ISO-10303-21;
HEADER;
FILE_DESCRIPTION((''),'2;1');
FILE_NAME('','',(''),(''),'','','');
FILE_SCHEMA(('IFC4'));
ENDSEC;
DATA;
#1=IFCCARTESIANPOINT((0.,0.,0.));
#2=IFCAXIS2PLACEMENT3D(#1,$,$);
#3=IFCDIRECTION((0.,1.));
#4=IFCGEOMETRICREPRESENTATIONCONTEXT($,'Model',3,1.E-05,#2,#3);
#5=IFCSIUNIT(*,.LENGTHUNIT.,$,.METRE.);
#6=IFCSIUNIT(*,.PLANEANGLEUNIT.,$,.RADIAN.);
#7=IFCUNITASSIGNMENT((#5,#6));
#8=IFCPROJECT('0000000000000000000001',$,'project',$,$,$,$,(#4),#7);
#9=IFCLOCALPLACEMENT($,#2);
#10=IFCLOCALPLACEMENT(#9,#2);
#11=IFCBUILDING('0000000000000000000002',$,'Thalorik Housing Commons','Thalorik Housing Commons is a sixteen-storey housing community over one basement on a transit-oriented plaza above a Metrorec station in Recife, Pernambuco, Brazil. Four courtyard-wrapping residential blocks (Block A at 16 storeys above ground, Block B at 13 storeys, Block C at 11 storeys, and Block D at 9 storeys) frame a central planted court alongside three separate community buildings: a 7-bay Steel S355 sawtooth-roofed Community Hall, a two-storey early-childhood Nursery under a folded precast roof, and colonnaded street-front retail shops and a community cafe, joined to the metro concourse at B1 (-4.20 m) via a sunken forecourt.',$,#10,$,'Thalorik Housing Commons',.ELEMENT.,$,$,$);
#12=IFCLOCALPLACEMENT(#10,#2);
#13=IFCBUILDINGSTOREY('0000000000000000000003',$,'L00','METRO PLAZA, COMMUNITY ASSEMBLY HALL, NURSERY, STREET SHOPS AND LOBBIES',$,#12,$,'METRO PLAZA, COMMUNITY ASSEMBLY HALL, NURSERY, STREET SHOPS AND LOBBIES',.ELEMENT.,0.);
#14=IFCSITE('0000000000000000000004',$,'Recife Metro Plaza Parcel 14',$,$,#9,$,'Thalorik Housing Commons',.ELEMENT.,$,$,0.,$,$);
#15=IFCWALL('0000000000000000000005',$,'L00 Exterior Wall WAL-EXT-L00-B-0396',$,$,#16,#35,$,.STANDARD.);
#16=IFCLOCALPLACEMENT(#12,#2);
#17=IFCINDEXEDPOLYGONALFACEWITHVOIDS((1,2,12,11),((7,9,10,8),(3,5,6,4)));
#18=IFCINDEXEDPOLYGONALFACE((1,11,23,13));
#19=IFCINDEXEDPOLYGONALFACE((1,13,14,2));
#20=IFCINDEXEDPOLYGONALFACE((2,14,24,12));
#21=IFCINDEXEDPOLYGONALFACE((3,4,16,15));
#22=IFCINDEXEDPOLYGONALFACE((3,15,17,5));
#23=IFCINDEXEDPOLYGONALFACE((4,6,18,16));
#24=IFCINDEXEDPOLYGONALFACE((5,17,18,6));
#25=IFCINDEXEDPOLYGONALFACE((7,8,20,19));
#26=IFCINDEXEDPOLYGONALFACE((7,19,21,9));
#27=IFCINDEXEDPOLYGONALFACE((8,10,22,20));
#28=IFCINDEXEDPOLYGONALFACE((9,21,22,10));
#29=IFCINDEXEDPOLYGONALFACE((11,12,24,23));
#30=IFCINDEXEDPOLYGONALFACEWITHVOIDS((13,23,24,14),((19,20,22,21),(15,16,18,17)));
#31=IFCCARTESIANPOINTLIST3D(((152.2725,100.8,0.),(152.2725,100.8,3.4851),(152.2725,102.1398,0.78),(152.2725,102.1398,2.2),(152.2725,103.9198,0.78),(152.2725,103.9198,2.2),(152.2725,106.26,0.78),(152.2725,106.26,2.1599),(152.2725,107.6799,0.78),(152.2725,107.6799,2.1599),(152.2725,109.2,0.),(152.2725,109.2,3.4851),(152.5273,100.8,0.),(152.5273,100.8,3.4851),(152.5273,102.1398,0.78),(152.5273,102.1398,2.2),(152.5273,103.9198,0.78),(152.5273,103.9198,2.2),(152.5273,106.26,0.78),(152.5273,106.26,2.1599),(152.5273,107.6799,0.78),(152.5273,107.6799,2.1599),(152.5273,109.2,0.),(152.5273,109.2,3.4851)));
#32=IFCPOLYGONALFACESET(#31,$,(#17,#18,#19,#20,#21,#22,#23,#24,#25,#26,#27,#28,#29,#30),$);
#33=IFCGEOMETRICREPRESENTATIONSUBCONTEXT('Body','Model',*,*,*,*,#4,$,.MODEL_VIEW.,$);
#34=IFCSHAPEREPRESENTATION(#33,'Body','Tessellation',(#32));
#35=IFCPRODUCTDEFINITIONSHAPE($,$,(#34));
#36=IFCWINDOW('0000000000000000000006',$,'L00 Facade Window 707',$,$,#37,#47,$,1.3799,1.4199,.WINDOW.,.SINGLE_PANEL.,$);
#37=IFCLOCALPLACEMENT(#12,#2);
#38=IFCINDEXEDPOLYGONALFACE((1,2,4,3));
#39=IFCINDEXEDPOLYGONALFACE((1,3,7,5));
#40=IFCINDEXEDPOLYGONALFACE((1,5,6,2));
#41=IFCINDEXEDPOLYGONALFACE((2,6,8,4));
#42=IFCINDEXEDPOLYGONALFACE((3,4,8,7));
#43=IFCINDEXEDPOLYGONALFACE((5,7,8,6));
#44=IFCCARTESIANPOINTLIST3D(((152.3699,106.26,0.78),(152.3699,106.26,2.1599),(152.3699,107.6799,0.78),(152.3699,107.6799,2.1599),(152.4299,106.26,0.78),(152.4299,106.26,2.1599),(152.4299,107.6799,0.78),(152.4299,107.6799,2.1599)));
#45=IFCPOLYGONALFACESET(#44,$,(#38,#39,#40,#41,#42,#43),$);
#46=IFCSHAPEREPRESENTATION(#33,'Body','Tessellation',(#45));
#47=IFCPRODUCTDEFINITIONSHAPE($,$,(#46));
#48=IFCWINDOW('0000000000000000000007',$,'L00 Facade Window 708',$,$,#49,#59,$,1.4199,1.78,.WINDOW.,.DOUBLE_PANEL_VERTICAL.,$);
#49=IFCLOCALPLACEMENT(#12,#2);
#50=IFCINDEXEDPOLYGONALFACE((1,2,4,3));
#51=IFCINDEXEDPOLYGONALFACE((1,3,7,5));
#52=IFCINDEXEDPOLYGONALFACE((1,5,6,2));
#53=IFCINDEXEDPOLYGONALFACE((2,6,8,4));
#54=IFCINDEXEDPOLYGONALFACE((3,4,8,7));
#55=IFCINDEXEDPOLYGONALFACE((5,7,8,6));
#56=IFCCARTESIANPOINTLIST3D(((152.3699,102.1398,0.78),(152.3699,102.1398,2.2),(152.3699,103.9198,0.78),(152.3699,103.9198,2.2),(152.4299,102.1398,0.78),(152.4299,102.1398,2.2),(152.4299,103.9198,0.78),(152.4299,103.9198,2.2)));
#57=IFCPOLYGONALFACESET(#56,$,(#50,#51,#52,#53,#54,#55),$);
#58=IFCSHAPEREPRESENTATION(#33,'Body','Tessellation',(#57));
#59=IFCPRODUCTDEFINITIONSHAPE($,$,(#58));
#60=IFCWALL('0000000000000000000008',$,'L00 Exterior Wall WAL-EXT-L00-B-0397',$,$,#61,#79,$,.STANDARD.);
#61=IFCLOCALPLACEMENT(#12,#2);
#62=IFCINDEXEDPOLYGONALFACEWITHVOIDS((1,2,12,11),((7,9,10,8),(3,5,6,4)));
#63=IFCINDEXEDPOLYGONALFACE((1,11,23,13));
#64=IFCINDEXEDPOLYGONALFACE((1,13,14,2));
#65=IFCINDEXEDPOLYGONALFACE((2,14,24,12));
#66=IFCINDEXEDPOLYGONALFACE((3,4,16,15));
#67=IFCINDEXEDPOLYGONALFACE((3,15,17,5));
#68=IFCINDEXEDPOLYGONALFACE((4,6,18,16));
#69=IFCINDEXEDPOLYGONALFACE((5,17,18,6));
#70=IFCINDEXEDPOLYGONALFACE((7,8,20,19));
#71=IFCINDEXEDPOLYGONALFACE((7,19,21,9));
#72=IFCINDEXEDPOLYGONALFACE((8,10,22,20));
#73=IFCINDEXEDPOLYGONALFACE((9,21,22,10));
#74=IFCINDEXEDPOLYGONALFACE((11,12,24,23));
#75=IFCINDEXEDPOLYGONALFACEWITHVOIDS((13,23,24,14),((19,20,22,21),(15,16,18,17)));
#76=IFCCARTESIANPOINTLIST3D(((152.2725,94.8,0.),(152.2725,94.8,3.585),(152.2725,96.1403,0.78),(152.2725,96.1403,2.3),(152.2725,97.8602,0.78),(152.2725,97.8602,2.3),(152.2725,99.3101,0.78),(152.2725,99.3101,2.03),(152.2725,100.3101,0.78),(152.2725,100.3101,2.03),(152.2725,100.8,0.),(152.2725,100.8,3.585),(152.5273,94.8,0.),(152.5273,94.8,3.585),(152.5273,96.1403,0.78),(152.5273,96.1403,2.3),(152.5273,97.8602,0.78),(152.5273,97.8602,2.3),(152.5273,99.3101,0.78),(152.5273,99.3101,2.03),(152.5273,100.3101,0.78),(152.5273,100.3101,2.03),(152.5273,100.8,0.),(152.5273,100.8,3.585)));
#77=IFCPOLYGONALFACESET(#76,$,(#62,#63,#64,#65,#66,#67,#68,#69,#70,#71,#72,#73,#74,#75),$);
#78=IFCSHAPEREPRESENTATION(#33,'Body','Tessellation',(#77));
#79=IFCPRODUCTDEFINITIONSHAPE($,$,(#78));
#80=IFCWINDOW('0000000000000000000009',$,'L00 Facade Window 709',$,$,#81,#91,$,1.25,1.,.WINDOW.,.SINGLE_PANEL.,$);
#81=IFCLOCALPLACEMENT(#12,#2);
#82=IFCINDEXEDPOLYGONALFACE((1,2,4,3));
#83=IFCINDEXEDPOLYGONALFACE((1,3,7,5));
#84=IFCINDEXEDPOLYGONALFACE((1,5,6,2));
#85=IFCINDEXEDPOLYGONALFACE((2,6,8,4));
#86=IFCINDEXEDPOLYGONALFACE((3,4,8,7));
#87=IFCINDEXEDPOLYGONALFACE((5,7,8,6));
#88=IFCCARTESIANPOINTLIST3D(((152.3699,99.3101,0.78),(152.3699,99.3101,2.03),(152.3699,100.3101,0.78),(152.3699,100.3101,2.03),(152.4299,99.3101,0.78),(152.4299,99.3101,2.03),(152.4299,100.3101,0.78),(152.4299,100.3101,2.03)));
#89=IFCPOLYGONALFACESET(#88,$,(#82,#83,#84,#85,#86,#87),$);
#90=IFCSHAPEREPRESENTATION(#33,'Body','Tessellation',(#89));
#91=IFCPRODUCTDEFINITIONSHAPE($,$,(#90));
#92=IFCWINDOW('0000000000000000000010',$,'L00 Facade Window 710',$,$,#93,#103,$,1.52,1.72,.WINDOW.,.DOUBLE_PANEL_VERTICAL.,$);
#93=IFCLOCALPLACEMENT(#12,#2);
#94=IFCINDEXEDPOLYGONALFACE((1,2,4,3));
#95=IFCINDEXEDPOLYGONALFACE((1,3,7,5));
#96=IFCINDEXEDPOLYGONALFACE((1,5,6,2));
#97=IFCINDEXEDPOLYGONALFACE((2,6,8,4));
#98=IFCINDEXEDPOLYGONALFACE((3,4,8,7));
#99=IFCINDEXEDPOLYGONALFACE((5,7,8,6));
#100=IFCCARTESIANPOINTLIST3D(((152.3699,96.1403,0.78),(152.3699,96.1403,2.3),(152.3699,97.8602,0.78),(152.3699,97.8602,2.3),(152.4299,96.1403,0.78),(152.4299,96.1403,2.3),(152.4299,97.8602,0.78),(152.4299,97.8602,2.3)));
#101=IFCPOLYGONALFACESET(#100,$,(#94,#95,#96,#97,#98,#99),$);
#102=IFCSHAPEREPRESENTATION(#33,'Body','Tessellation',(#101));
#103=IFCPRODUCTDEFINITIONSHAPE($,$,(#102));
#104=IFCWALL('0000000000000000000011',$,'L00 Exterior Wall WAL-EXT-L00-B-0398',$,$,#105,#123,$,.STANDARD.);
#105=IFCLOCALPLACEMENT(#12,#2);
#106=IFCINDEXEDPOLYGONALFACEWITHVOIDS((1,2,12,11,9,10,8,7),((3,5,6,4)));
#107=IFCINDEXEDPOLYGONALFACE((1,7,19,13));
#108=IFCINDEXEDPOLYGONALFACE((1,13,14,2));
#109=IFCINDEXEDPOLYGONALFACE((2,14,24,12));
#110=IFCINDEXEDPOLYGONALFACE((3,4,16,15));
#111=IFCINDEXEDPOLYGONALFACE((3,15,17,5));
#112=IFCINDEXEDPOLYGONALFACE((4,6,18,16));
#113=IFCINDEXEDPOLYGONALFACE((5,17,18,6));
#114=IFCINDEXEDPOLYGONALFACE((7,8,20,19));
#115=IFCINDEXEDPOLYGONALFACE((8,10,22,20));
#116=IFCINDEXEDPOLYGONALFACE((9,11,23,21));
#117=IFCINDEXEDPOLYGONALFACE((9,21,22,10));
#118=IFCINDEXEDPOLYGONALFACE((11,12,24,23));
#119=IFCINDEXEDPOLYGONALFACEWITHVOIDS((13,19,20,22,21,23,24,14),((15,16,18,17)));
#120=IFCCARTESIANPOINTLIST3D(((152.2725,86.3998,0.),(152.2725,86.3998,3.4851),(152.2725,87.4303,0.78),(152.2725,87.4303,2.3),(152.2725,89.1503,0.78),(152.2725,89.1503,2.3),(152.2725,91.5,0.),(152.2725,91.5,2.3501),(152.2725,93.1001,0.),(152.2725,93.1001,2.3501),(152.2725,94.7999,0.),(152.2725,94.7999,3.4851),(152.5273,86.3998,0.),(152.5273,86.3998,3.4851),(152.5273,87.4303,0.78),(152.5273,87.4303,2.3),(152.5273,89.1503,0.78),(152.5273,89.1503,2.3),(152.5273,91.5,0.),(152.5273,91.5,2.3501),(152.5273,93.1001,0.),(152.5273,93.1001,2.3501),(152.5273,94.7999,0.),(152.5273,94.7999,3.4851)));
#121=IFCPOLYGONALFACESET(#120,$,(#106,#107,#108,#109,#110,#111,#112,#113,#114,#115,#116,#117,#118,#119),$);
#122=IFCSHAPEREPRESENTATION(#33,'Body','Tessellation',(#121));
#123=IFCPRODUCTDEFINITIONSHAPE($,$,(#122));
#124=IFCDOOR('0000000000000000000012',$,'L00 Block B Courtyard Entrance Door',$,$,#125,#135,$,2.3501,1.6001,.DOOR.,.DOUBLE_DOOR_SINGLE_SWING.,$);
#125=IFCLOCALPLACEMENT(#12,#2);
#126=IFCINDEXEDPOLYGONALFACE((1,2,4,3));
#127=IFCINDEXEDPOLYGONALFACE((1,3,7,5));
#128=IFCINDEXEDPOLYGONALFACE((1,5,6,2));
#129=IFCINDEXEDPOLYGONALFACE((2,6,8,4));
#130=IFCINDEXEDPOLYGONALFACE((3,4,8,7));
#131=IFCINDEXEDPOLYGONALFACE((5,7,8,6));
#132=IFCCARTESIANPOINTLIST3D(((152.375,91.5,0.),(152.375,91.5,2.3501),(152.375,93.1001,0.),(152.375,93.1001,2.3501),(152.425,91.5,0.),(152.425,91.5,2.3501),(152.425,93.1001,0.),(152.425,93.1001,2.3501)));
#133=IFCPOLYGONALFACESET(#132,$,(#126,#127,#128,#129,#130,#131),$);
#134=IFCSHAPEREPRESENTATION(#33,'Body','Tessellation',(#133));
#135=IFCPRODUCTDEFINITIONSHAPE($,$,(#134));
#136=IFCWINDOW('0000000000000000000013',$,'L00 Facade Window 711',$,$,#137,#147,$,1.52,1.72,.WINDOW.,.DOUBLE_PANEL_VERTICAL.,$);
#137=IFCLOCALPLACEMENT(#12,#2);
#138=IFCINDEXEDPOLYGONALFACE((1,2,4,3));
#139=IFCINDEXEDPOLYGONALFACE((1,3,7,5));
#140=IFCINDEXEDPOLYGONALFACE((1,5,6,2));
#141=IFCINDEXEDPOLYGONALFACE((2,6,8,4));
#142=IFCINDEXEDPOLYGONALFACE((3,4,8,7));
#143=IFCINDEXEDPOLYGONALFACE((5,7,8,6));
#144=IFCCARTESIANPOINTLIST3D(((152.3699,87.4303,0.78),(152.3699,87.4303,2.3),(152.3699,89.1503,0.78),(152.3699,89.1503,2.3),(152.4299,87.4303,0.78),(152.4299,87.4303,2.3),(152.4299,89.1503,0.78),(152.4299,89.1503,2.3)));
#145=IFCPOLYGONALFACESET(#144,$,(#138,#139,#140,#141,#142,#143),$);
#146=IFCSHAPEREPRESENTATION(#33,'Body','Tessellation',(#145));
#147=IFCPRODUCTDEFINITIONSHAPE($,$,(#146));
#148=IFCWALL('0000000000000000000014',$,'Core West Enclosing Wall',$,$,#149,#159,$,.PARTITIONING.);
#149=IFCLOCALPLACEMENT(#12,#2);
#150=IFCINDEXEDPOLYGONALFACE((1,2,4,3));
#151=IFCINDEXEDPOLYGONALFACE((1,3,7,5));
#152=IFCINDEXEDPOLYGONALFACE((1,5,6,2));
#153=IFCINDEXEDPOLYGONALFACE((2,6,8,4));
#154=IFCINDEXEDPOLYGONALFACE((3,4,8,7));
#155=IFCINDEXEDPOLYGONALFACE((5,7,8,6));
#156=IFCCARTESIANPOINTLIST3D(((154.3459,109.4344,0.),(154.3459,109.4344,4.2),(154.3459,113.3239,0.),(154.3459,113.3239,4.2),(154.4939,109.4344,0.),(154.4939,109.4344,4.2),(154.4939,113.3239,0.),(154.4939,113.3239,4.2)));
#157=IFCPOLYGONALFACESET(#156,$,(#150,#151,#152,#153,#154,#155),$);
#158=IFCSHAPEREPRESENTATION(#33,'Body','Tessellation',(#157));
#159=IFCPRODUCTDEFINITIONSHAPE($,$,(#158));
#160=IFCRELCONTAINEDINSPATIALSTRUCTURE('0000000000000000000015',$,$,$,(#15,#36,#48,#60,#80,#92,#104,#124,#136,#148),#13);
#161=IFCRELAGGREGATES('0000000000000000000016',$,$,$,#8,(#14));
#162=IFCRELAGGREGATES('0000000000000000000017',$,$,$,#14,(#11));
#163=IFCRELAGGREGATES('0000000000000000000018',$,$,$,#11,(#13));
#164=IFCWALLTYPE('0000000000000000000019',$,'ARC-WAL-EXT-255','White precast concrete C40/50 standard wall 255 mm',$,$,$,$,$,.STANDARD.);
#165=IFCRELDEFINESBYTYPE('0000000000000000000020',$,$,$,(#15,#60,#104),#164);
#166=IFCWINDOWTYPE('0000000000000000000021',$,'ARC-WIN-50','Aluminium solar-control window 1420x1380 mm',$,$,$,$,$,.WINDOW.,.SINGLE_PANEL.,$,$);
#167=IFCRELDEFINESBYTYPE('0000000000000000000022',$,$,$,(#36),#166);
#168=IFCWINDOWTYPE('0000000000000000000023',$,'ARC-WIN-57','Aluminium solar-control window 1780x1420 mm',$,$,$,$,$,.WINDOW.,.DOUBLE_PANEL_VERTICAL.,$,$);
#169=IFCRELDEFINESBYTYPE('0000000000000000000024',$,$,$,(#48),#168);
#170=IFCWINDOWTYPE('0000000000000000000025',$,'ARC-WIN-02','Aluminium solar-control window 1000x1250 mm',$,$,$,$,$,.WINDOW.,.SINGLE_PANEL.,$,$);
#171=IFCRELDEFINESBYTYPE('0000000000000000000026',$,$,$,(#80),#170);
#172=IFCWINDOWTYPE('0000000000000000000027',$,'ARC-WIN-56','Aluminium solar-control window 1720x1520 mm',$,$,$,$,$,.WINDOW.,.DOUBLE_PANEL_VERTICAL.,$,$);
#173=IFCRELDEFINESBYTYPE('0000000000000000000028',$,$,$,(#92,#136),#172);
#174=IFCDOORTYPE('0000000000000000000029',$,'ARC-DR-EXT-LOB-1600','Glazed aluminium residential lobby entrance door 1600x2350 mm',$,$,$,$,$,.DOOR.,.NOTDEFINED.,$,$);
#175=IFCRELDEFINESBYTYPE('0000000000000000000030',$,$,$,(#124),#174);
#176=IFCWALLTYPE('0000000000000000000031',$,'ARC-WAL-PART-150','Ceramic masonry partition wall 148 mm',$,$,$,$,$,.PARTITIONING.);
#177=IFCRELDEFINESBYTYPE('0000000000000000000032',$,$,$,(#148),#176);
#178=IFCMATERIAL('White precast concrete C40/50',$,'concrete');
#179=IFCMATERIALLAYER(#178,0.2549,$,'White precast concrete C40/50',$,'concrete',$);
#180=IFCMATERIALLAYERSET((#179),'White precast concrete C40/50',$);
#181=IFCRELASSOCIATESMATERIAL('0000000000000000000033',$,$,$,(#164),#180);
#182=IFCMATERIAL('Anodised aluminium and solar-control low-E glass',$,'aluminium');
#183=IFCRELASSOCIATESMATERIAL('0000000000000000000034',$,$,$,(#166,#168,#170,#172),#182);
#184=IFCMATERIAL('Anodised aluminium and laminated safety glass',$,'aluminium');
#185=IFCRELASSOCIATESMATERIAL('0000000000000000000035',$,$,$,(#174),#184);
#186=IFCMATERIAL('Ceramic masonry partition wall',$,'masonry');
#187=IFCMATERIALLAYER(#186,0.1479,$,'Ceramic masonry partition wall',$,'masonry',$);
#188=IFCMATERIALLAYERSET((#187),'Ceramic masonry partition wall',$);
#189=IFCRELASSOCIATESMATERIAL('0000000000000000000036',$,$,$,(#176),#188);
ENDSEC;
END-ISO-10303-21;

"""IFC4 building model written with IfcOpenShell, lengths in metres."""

from ifc_helpers import new_model, si_unit, direction, frame, frame_2d, origin, place, context, subcontext, project, spatial, rectangle, extrude, material, layer, layer_set, type_object, element, fill, save


model = new_model("IFC4")

# Units and contexts
model_context = context("Model", 3, precision=1e-05, world=origin(), true_north=direction((0.0, 1.0)))
body_context = subcontext(model_context, "Body", "Model", "MODEL_VIEW")
ifc_project = project(units=[si_unit("LENGTHUNIT", "METRE"), si_unit("PLANEANGLEUNIT", "RADIAN")], contexts=[model_context])

# Site, building, storey
site_placement = place(None, origin())
site = spatial("IfcSite", under=ifc_project, at=site_placement, Name="Recife Metro Plaza Parcel 14", LongName="Thalorik Housing Commons", CompositionType="ELEMENT", RefElevation=0.0)
building_placement = place(site_placement, origin())
building = spatial("IfcBuilding", under=site, at=building_placement, Name="Thalorik Housing Commons", Description="Thalorik Housing Commons is a sixteen-storey housing community over one basement on a transit-oriented plaza above a Metrorec station in Recife, Pernambuco, Brazil. Four courtyard-wrapping residential blocks (Block A at 16 storeys above ground, Block B at 13 storeys, Block C at 11 storeys, and Block D at 9 storeys) frame a central planted court alongside three separate community buildings: a 7-bay Steel S355 sawtooth-roofed Community Hall, a two-storey early-childhood Nursery under a folded precast roof, and colonnaded street-front retail shops and a community cafe, joined to the metro concourse at B1 (-4.20 m) via a sunken forecourt.", LongName="Thalorik Housing Commons", CompositionType="ELEMENT")
storey_placement = place(building_placement, origin())
storey = spatial("IfcBuildingStorey", under=building, at=storey_placement, Name="L00", Description="METRO PLAZA, COMMUNITY ASSEMBLY HALL, NURSERY, STREET SHOPS AND LOBBIES", LongName="METRO PLAZA, COMMUNITY ASSEMBLY HALL, NURSERY, STREET SHOPS AND LOBBIES", CompositionType="ELEMENT", Elevation=0.0)

# Walls, openings, windows
ifc_material_1 = material(Name="White precast concrete C40/50", Category="concrete")
ifc_layer_1 = layer(ifc_material_1, 0.2549, Name="White precast concrete C40/50", Category="concrete")
ifc_layer_set_1 = layer_set([ifc_layer_1], Name="White precast concrete C40/50")
wall_type_1 = type_object("IfcWallType", Name="ARC-WAL-EXT-255", Description="White precast concrete C40/50 standard wall 255 mm", PredefinedType="STANDARD", material=ifc_layer_set_1)
wall_1_placement = place(storey_placement, frame((152.3999, 109.2, 0.0), z_axis=(0.0, 0.0, 1.0), x_axis=(0.0, -1.0, 0.0)))
wall_1 = element("IfcWall", 1, at=wall_1_placement, inside=storey, type_object=wall_type_1, Name="L00 Exterior Wall WAL-EXT-L00-B-0396", PredefinedType="STANDARD", context=body_context, shape_type="SweptSolid", body=[
    extrude(rectangle(XDim=8.3999, YDim=0.2549, at=frame_2d((4.2, 0.0))), origin(), (0.0, 0.0, 1.0), 3.4851),
])
opening_1_placement = place(wall_1_placement, frame((1.52, 0.0, 0.78)))
opening_1 = element("IfcOpeningElement", 2, at=opening_1_placement, cuts=wall_1, PredefinedType="OPENING", context=body_context, shape_type="SweptSolid", body=[
    extrude(rectangle(XDim=1.4199, YDim=1.3799, at=frame_2d((0.71, 0.6899))), frame((0.0, 0.1375, 0.0), z_axis=(0.0, -1.0, 0.0), x_axis=(1.0, 0.0, 0.0)), (0.0, 0.0, 1.0), 0.2749),
])
opening_2_placement = place(wall_1_placement, frame((5.28, 0.0, 0.78)))
opening_2 = element("IfcOpeningElement", 3, at=opening_2_placement, cuts=wall_1, PredefinedType="OPENING", context=body_context, shape_type="SweptSolid", body=[
    extrude(rectangle(XDim=1.78, YDim=1.4199, at=frame_2d((0.8901, 0.71))), frame((0.0, 0.1375, 0.0), z_axis=(0.0, -1.0, 0.0), x_axis=(1.0, 0.0, 0.0)), (0.0, 0.0, 1.0), 0.2749),
])
ifc_material_2 = material(Name="Anodised aluminium and solar-control low-E glass", Category="aluminium")
window_type_1 = type_object("IfcWindowType", Name="ARC-WIN-50", Description="Aluminium solar-control window 1420x1380 mm", PartitioningType="SINGLE_PANEL", PredefinedType="WINDOW", material=ifc_material_2)
window_1_placement = place(opening_1_placement, origin())
window_1 = element("IfcWindow", 4, at=window_1_placement, inside=storey, type_object=window_type_1, Name="L00 Facade Window 707", OverallHeight=1.3799, OverallWidth=1.4199, PartitioningType="SINGLE_PANEL", PredefinedType="WINDOW", context=body_context, shape_type="SweptSolid", body=[
    extrude(rectangle(XDim=1.4199, YDim=1.3799, at=frame_2d((0.71, 0.6899))), frame((0.0, 0.03, 0.0), z_axis=(0.0, -1.0, 0.0), x_axis=(1.0, 0.0, 0.0)), (0.0, 0.0, 1.0), 0.0601),
])
fill(opening_1, window_1)
window_type_2 = type_object("IfcWindowType", Name="ARC-WIN-57", Description="Aluminium solar-control window 1780x1420 mm", PartitioningType="DOUBLE_PANEL_VERTICAL", PredefinedType="WINDOW", material=ifc_material_2)
window_2_placement = place(opening_2_placement, origin())
window_2 = element("IfcWindow", 5, at=window_2_placement, inside=storey, type_object=window_type_2, Name="L00 Facade Window 708", OverallHeight=1.4199, OverallWidth=1.78, PartitioningType="DOUBLE_PANEL_VERTICAL", PredefinedType="WINDOW", context=body_context, shape_type="SweptSolid", body=[
    extrude(rectangle(XDim=1.78, YDim=1.4199, at=frame_2d((0.8901, 0.71))), frame((0.0, 0.03, 0.0), z_axis=(0.0, -1.0, 0.0), x_axis=(1.0, 0.0, 0.0)), (0.0, 0.0, 1.0), 0.0601),
])
fill(opening_2, window_2)
wall_2_placement = place(storey_placement, frame((152.3999, 100.8, 0.0), z_axis=(0.0, 0.0, 1.0), x_axis=(0.0, -1.0, 0.0)))
wall_2 = element("IfcWall", 6, at=wall_2_placement, inside=storey, type_object=wall_type_1, Name="L00 Exterior Wall WAL-EXT-L00-B-0397", PredefinedType="STANDARD", context=body_context, shape_type="SweptSolid", body=[
    extrude(rectangle(XDim=6.0, YDim=0.2549, at=frame_2d((3.0, 0.0))), origin(), (0.0, 0.0, 1.0), 3.585),
])
opening_3_placement = place(wall_2_placement, frame((0.49, 0.0, 0.78)))
opening_3 = element("IfcOpeningElement", 7, at=opening_3_placement, cuts=wall_2, PredefinedType="OPENING", context=body_context, shape_type="SweptSolid", body=[
    extrude(rectangle(XDim=1.0, YDim=1.25, at=frame_2d((0.5, 0.625))), frame((0.0, 0.1375, 0.0), z_axis=(0.0, -1.0, 0.0), x_axis=(1.0, 0.0, 0.0)), (0.0, 0.0, 1.0), 0.2749),
])
opening_4_placement = place(wall_2_placement, frame((2.9399, 0.0, 0.78)))
opening_4 = element("IfcOpeningElement", 8, at=opening_4_placement, cuts=wall_2, PredefinedType="OPENING", context=body_context, shape_type="SweptSolid", body=[
    extrude(rectangle(XDim=1.72, YDim=1.52, at=frame_2d((0.8599, 0.76))), frame((0.0, 0.1375, 0.0), z_axis=(0.0, -1.0, 0.0), x_axis=(1.0, 0.0, 0.0)), (0.0, 0.0, 1.0), 0.2749),
])
window_type_3 = type_object("IfcWindowType", Name="ARC-WIN-02", Description="Aluminium solar-control window 1000x1250 mm", PartitioningType="SINGLE_PANEL", PredefinedType="WINDOW", material=ifc_material_2)
window_3_placement = place(opening_3_placement, origin())
window_3 = element("IfcWindow", 9, at=window_3_placement, inside=storey, type_object=window_type_3, Name="L00 Facade Window 709", OverallHeight=1.25, OverallWidth=1.0, PartitioningType="SINGLE_PANEL", PredefinedType="WINDOW", context=body_context, shape_type="SweptSolid", body=[
    extrude(rectangle(XDim=1.0, YDim=1.25, at=frame_2d((0.5, 0.625))), frame((0.0, 0.03, 0.0), z_axis=(0.0, -1.0, 0.0), x_axis=(1.0, 0.0, 0.0)), (0.0, 0.0, 1.0), 0.0601),
])
fill(opening_3, window_3)
window_type_4 = type_object("IfcWindowType", Name="ARC-WIN-56", Description="Aluminium solar-control window 1720x1520 mm", PartitioningType="DOUBLE_PANEL_VERTICAL", PredefinedType="WINDOW", material=ifc_material_2)
window_4_placement = place(opening_4_placement, origin())
window_4 = element("IfcWindow", 10, at=window_4_placement, inside=storey, type_object=window_type_4, Name="L00 Facade Window 710", OverallHeight=1.52, OverallWidth=1.72, PartitioningType="DOUBLE_PANEL_VERTICAL", PredefinedType="WINDOW", context=body_context, shape_type="SweptSolid", body=[
    extrude(rectangle(XDim=1.72, YDim=1.52, at=frame_2d((0.8599, 0.76))), frame((0.0, 0.03, 0.0), z_axis=(0.0, -1.0, 0.0), x_axis=(1.0, 0.0, 0.0)), (0.0, 0.0, 1.0), 0.0601),
])
fill(opening_4, window_4)

# Wall, openings, door, window
wall_3_placement = place(storey_placement, frame((152.3999, 94.8, 0.0), z_axis=(0.0, 0.0, 1.0), x_axis=(0.0, -1.0, 0.0)))
wall_3 = element("IfcWall", 11, at=wall_3_placement, inside=storey, type_object=wall_type_1, Name="L00 Exterior Wall WAL-EXT-L00-B-0398", PredefinedType="STANDARD", context=body_context, shape_type="SweptSolid", body=[
    extrude(rectangle(XDim=8.4001, YDim=0.2549, at=frame_2d((4.2002, 0.0))), origin(), (0.0, 0.0, 1.0), 3.4851),
])
opening_5_placement = place(wall_3_placement, frame((1.7, 0.0, 0.0)))
opening_5 = element("IfcOpeningElement", 12, at=opening_5_placement, cuts=wall_3, PredefinedType="OPENING", context=body_context, shape_type="SweptSolid", body=[
    extrude(rectangle(XDim=1.6001, YDim=2.3501, at=frame_2d((0.8, 1.175))), frame((0.0, 0.1375, 0.0), z_axis=(0.0, -1.0, 0.0), x_axis=(1.0, 0.0, 0.0)), (0.0, 0.0, 1.0), 0.2749),
])
opening_6_placement = place(wall_3_placement, frame((5.6499, 0.0, 0.78)))
opening_6 = element("IfcOpeningElement", 13, at=opening_6_placement, cuts=wall_3, PredefinedType="OPENING", context=body_context, shape_type="SweptSolid", body=[
    extrude(rectangle(XDim=1.72, YDim=1.52, at=frame_2d((0.8599, 0.76))), frame((0.0, 0.1375, 0.0), z_axis=(0.0, -1.0, 0.0), x_axis=(1.0, 0.0, 0.0)), (0.0, 0.0, 1.0), 0.2749),
])
ifc_material_3 = material(Name="Anodised aluminium and laminated safety glass", Category="aluminium")
door_type = type_object("IfcDoorType", Name="ARC-DR-EXT-LOB-1600", Description="Glazed aluminium residential lobby entrance door 1600x2350 mm", OperationType="NOTDEFINED", PredefinedType="DOOR", material=ifc_material_3)
door_placement = place(opening_5_placement, frame((1.6001, 0.0, 0.0), z_axis=(0.0, 0.0, 1.0), x_axis=(-1.0, 0.0, 0.0)))
door = element("IfcDoor", 14, at=door_placement, inside=storey, type_object=door_type, Name="L00 Block B Courtyard Entrance Door", OperationType="DOUBLE_DOOR_SINGLE_SWING", OverallHeight=2.3501, OverallWidth=1.6001, PredefinedType="DOOR", context=body_context, shape_type="SweptSolid", body=[
    extrude(rectangle(XDim=1.6001, YDim=2.3501, at=frame_2d((0.8, 1.175))), frame((0.0, 0.0249, 0.0), z_axis=(0.0, -1.0, 0.0), x_axis=(1.0, 0.0, 0.0)), (0.0, 0.0, 1.0), 0.05),
])
fill(opening_5, door)
window_5_placement = place(opening_6_placement, origin())
window_5 = element("IfcWindow", 15, at=window_5_placement, inside=storey, type_object=window_type_4, Name="L00 Facade Window 711", OverallHeight=1.52, OverallWidth=1.72, PartitioningType="DOUBLE_PANEL_VERTICAL", PredefinedType="WINDOW", context=body_context, shape_type="SweptSolid", body=[
    extrude(rectangle(XDim=1.72, YDim=1.52, at=frame_2d((0.8599, 0.76))), frame((0.0, 0.03, 0.0), z_axis=(0.0, -1.0, 0.0), x_axis=(1.0, 0.0, 0.0)), (0.0, 0.0, 1.0), 0.0601),
])
fill(opening_6, window_5)

# Wall
ifc_material_4 = material(Name="Ceramic masonry partition wall", Category="masonry")
ifc_layer_2 = layer(ifc_material_4, 0.1479, Name="Ceramic masonry partition wall", Category="masonry")
ifc_layer_set_2 = layer_set([ifc_layer_2], Name="Ceramic masonry partition wall")
wall_type_2 = type_object("IfcWallType", Name="ARC-WAL-PART-150", Description="Ceramic masonry partition wall 148 mm", PredefinedType="PARTITIONING", material=ifc_layer_set_2)
for number, where, z_axis, x_axis, name in (
    (16, (154.4199, 113.324, 0.0), (0.0, 0.0, 1.0), (0.0, -1.0, 0.0), "Core West Enclosing Wall"),
):
    element("IfcWall", number, at=place(storey_placement, frame(where, z_axis=z_axis, x_axis=x_axis)), inside=storey, type_object=wall_type_2, Name=name, PredefinedType="PARTITIONING", context=body_context, shape_type="SweptSolid", body=[
        extrude(rectangle(XDim=3.8894, YDim=0.1479, at=frame_2d((1.9448, 0.0))), origin(), (0.0, 0.0, 1.0), 4.2),
    ])

save(model, "model.ifc")
